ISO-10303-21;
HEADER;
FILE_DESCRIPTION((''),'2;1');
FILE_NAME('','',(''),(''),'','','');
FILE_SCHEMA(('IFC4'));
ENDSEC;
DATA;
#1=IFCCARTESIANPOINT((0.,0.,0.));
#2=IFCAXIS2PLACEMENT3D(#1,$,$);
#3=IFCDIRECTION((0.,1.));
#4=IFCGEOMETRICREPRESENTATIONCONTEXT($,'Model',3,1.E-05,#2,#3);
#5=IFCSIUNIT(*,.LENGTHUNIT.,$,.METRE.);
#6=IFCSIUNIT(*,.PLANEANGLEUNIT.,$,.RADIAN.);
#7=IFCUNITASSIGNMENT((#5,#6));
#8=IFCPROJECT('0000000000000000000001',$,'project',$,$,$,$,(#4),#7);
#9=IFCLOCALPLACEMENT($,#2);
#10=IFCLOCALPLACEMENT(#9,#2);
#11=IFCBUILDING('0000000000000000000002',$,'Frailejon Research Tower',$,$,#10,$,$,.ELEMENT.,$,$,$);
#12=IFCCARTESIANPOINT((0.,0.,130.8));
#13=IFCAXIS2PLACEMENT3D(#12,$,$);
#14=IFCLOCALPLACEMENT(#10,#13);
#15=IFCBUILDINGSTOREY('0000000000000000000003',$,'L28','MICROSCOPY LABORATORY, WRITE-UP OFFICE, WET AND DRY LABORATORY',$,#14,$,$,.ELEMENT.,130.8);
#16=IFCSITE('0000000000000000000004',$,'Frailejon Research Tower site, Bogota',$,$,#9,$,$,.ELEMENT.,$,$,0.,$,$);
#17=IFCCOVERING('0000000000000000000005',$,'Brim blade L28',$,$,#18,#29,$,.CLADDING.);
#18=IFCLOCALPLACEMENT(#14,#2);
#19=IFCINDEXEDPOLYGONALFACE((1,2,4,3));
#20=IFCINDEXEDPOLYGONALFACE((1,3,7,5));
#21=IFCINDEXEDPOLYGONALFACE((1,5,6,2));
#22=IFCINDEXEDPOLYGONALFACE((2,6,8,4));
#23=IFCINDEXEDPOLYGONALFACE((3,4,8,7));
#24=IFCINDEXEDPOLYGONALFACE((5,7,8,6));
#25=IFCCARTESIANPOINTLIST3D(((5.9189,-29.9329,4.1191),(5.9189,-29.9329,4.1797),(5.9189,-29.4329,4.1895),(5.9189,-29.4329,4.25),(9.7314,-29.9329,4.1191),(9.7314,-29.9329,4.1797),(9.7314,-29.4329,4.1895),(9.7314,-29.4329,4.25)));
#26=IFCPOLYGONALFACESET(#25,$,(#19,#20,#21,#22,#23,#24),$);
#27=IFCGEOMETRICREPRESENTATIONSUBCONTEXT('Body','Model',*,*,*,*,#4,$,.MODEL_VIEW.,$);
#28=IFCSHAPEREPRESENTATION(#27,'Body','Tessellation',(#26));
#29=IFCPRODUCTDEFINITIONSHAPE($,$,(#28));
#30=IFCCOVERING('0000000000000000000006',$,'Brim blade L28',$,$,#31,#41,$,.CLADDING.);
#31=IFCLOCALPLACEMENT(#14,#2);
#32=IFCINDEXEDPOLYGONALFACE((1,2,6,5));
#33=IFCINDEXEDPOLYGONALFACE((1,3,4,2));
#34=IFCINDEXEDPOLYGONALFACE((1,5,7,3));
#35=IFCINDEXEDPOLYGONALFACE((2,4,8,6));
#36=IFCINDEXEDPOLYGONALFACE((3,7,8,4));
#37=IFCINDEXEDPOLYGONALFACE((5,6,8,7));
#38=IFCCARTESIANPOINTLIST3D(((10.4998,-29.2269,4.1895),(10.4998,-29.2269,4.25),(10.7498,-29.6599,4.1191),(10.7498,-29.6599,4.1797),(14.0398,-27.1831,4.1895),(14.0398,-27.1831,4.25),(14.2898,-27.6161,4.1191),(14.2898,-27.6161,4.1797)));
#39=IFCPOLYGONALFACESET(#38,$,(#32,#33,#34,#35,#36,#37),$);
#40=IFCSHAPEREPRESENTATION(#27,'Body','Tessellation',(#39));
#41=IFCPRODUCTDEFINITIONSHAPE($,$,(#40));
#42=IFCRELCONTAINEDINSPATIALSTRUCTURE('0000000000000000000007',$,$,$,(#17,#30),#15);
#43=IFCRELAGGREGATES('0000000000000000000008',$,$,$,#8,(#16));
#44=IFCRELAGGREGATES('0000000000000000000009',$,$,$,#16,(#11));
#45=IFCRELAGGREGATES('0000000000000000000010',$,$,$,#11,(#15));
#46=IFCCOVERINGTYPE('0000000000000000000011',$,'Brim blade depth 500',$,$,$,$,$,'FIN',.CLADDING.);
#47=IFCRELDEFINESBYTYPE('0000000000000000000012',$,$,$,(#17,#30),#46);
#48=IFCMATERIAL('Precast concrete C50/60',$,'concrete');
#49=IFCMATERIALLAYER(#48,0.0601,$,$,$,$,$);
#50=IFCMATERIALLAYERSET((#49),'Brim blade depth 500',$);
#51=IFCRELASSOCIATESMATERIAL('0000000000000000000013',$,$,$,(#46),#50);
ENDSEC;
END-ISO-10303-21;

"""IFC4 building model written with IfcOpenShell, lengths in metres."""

from ifc_helpers import new_model, si_unit, direction, frame, origin, place, context, subcontext, project, spatial, polyline, outline, extrude, material, layer, layer_set, type_object, element, save


model = new_model("IFC4")

# Units and contexts
model_context = context("Model", 3, precision=1e-05, world=origin(), true_north=direction((0.0, 1.0)))
body_context = subcontext(model_context, "Body", "Model", "MODEL_VIEW")
ifc_project = project(units=[si_unit("LENGTHUNIT", "METRE"), si_unit("PLANEANGLEUNIT", "RADIAN")], contexts=[model_context])

# Site, building, storey
site_placement = place(None, origin())
site = spatial("IfcSite", under=ifc_project, at=site_placement, Name="Frailejon Research Tower site, Bogota", CompositionType="ELEMENT", RefElevation=0.0)
building_placement = place(site_placement, origin())
building = spatial("IfcBuilding", under=site, at=building_placement, Name="Frailejon Research Tower", CompositionType="ELEMENT")
storey_placement = place(building_placement, frame((0.0, 0.0, 130.8)))
storey = spatial("IfcBuildingStorey", under=building, at=storey_placement, Name="L28", Description="MICROSCOPY LABORATORY, WRITE-UP OFFICE, WET AND DRY LABORATORY", CompositionType="ELEMENT", Elevation=130.8)

# Coverings
ifc_material_1 = material(Name="Precast concrete C50/60", Category="concrete")
ifc_layer_1 = layer(ifc_material_1, 0.0601)
ifc_layer_set_1 = layer_set([ifc_layer_1], Name="Brim blade depth 500")
covering_type_1 = type_object("IfcCoveringType", Name="Brim blade depth 500", ElementType="FIN", PredefinedType="CLADDING", material=ifc_layer_set_1)
covering_1_placement = place(storey_placement, frame((9.7314, -29.4329, 4.25), z_axis=(-1.0, 0.0, 0.0), x_axis=(0.0, -1.0, 0.0)))
element("IfcCovering", 1, at=covering_1_placement, inside=storey, type_object=covering_type_1, Name="Brim blade L28", PredefinedType="CLADDING", context=body_context, shape_type="SweptSolid", body=[
    extrude(outline(polyline([(0.0, -0.0605), (0.5, -0.1309), (0.5, -0.0703), (0.0, 0.0), (0.0, -0.0605)])), origin(), (0.0, 0.0, 1.0), 3.8125),
])
covering_2_placement = place(storey_placement, frame((14.0398, -27.1831, 4.25), z_axis=(-0.866027, -0.499997, 0.0), x_axis=(0.499997, -0.866027, 0.0)))
element("IfcCovering", 2, at=covering_2_placement, inside=storey, type_object=covering_type_1, Name="Brim blade L28", PredefinedType="CLADDING", context=body_context, shape_type="SweptSolid", body=[
    extrude(outline(polyline([(0.0, -0.0605), (0.5, -0.1309), (0.5, -0.0703), (0.0, 0.0), (0.0, -0.0605)])), origin(), (0.0, 0.0, 1.0), 4.0876),
])

save(model, "model.ifc")
